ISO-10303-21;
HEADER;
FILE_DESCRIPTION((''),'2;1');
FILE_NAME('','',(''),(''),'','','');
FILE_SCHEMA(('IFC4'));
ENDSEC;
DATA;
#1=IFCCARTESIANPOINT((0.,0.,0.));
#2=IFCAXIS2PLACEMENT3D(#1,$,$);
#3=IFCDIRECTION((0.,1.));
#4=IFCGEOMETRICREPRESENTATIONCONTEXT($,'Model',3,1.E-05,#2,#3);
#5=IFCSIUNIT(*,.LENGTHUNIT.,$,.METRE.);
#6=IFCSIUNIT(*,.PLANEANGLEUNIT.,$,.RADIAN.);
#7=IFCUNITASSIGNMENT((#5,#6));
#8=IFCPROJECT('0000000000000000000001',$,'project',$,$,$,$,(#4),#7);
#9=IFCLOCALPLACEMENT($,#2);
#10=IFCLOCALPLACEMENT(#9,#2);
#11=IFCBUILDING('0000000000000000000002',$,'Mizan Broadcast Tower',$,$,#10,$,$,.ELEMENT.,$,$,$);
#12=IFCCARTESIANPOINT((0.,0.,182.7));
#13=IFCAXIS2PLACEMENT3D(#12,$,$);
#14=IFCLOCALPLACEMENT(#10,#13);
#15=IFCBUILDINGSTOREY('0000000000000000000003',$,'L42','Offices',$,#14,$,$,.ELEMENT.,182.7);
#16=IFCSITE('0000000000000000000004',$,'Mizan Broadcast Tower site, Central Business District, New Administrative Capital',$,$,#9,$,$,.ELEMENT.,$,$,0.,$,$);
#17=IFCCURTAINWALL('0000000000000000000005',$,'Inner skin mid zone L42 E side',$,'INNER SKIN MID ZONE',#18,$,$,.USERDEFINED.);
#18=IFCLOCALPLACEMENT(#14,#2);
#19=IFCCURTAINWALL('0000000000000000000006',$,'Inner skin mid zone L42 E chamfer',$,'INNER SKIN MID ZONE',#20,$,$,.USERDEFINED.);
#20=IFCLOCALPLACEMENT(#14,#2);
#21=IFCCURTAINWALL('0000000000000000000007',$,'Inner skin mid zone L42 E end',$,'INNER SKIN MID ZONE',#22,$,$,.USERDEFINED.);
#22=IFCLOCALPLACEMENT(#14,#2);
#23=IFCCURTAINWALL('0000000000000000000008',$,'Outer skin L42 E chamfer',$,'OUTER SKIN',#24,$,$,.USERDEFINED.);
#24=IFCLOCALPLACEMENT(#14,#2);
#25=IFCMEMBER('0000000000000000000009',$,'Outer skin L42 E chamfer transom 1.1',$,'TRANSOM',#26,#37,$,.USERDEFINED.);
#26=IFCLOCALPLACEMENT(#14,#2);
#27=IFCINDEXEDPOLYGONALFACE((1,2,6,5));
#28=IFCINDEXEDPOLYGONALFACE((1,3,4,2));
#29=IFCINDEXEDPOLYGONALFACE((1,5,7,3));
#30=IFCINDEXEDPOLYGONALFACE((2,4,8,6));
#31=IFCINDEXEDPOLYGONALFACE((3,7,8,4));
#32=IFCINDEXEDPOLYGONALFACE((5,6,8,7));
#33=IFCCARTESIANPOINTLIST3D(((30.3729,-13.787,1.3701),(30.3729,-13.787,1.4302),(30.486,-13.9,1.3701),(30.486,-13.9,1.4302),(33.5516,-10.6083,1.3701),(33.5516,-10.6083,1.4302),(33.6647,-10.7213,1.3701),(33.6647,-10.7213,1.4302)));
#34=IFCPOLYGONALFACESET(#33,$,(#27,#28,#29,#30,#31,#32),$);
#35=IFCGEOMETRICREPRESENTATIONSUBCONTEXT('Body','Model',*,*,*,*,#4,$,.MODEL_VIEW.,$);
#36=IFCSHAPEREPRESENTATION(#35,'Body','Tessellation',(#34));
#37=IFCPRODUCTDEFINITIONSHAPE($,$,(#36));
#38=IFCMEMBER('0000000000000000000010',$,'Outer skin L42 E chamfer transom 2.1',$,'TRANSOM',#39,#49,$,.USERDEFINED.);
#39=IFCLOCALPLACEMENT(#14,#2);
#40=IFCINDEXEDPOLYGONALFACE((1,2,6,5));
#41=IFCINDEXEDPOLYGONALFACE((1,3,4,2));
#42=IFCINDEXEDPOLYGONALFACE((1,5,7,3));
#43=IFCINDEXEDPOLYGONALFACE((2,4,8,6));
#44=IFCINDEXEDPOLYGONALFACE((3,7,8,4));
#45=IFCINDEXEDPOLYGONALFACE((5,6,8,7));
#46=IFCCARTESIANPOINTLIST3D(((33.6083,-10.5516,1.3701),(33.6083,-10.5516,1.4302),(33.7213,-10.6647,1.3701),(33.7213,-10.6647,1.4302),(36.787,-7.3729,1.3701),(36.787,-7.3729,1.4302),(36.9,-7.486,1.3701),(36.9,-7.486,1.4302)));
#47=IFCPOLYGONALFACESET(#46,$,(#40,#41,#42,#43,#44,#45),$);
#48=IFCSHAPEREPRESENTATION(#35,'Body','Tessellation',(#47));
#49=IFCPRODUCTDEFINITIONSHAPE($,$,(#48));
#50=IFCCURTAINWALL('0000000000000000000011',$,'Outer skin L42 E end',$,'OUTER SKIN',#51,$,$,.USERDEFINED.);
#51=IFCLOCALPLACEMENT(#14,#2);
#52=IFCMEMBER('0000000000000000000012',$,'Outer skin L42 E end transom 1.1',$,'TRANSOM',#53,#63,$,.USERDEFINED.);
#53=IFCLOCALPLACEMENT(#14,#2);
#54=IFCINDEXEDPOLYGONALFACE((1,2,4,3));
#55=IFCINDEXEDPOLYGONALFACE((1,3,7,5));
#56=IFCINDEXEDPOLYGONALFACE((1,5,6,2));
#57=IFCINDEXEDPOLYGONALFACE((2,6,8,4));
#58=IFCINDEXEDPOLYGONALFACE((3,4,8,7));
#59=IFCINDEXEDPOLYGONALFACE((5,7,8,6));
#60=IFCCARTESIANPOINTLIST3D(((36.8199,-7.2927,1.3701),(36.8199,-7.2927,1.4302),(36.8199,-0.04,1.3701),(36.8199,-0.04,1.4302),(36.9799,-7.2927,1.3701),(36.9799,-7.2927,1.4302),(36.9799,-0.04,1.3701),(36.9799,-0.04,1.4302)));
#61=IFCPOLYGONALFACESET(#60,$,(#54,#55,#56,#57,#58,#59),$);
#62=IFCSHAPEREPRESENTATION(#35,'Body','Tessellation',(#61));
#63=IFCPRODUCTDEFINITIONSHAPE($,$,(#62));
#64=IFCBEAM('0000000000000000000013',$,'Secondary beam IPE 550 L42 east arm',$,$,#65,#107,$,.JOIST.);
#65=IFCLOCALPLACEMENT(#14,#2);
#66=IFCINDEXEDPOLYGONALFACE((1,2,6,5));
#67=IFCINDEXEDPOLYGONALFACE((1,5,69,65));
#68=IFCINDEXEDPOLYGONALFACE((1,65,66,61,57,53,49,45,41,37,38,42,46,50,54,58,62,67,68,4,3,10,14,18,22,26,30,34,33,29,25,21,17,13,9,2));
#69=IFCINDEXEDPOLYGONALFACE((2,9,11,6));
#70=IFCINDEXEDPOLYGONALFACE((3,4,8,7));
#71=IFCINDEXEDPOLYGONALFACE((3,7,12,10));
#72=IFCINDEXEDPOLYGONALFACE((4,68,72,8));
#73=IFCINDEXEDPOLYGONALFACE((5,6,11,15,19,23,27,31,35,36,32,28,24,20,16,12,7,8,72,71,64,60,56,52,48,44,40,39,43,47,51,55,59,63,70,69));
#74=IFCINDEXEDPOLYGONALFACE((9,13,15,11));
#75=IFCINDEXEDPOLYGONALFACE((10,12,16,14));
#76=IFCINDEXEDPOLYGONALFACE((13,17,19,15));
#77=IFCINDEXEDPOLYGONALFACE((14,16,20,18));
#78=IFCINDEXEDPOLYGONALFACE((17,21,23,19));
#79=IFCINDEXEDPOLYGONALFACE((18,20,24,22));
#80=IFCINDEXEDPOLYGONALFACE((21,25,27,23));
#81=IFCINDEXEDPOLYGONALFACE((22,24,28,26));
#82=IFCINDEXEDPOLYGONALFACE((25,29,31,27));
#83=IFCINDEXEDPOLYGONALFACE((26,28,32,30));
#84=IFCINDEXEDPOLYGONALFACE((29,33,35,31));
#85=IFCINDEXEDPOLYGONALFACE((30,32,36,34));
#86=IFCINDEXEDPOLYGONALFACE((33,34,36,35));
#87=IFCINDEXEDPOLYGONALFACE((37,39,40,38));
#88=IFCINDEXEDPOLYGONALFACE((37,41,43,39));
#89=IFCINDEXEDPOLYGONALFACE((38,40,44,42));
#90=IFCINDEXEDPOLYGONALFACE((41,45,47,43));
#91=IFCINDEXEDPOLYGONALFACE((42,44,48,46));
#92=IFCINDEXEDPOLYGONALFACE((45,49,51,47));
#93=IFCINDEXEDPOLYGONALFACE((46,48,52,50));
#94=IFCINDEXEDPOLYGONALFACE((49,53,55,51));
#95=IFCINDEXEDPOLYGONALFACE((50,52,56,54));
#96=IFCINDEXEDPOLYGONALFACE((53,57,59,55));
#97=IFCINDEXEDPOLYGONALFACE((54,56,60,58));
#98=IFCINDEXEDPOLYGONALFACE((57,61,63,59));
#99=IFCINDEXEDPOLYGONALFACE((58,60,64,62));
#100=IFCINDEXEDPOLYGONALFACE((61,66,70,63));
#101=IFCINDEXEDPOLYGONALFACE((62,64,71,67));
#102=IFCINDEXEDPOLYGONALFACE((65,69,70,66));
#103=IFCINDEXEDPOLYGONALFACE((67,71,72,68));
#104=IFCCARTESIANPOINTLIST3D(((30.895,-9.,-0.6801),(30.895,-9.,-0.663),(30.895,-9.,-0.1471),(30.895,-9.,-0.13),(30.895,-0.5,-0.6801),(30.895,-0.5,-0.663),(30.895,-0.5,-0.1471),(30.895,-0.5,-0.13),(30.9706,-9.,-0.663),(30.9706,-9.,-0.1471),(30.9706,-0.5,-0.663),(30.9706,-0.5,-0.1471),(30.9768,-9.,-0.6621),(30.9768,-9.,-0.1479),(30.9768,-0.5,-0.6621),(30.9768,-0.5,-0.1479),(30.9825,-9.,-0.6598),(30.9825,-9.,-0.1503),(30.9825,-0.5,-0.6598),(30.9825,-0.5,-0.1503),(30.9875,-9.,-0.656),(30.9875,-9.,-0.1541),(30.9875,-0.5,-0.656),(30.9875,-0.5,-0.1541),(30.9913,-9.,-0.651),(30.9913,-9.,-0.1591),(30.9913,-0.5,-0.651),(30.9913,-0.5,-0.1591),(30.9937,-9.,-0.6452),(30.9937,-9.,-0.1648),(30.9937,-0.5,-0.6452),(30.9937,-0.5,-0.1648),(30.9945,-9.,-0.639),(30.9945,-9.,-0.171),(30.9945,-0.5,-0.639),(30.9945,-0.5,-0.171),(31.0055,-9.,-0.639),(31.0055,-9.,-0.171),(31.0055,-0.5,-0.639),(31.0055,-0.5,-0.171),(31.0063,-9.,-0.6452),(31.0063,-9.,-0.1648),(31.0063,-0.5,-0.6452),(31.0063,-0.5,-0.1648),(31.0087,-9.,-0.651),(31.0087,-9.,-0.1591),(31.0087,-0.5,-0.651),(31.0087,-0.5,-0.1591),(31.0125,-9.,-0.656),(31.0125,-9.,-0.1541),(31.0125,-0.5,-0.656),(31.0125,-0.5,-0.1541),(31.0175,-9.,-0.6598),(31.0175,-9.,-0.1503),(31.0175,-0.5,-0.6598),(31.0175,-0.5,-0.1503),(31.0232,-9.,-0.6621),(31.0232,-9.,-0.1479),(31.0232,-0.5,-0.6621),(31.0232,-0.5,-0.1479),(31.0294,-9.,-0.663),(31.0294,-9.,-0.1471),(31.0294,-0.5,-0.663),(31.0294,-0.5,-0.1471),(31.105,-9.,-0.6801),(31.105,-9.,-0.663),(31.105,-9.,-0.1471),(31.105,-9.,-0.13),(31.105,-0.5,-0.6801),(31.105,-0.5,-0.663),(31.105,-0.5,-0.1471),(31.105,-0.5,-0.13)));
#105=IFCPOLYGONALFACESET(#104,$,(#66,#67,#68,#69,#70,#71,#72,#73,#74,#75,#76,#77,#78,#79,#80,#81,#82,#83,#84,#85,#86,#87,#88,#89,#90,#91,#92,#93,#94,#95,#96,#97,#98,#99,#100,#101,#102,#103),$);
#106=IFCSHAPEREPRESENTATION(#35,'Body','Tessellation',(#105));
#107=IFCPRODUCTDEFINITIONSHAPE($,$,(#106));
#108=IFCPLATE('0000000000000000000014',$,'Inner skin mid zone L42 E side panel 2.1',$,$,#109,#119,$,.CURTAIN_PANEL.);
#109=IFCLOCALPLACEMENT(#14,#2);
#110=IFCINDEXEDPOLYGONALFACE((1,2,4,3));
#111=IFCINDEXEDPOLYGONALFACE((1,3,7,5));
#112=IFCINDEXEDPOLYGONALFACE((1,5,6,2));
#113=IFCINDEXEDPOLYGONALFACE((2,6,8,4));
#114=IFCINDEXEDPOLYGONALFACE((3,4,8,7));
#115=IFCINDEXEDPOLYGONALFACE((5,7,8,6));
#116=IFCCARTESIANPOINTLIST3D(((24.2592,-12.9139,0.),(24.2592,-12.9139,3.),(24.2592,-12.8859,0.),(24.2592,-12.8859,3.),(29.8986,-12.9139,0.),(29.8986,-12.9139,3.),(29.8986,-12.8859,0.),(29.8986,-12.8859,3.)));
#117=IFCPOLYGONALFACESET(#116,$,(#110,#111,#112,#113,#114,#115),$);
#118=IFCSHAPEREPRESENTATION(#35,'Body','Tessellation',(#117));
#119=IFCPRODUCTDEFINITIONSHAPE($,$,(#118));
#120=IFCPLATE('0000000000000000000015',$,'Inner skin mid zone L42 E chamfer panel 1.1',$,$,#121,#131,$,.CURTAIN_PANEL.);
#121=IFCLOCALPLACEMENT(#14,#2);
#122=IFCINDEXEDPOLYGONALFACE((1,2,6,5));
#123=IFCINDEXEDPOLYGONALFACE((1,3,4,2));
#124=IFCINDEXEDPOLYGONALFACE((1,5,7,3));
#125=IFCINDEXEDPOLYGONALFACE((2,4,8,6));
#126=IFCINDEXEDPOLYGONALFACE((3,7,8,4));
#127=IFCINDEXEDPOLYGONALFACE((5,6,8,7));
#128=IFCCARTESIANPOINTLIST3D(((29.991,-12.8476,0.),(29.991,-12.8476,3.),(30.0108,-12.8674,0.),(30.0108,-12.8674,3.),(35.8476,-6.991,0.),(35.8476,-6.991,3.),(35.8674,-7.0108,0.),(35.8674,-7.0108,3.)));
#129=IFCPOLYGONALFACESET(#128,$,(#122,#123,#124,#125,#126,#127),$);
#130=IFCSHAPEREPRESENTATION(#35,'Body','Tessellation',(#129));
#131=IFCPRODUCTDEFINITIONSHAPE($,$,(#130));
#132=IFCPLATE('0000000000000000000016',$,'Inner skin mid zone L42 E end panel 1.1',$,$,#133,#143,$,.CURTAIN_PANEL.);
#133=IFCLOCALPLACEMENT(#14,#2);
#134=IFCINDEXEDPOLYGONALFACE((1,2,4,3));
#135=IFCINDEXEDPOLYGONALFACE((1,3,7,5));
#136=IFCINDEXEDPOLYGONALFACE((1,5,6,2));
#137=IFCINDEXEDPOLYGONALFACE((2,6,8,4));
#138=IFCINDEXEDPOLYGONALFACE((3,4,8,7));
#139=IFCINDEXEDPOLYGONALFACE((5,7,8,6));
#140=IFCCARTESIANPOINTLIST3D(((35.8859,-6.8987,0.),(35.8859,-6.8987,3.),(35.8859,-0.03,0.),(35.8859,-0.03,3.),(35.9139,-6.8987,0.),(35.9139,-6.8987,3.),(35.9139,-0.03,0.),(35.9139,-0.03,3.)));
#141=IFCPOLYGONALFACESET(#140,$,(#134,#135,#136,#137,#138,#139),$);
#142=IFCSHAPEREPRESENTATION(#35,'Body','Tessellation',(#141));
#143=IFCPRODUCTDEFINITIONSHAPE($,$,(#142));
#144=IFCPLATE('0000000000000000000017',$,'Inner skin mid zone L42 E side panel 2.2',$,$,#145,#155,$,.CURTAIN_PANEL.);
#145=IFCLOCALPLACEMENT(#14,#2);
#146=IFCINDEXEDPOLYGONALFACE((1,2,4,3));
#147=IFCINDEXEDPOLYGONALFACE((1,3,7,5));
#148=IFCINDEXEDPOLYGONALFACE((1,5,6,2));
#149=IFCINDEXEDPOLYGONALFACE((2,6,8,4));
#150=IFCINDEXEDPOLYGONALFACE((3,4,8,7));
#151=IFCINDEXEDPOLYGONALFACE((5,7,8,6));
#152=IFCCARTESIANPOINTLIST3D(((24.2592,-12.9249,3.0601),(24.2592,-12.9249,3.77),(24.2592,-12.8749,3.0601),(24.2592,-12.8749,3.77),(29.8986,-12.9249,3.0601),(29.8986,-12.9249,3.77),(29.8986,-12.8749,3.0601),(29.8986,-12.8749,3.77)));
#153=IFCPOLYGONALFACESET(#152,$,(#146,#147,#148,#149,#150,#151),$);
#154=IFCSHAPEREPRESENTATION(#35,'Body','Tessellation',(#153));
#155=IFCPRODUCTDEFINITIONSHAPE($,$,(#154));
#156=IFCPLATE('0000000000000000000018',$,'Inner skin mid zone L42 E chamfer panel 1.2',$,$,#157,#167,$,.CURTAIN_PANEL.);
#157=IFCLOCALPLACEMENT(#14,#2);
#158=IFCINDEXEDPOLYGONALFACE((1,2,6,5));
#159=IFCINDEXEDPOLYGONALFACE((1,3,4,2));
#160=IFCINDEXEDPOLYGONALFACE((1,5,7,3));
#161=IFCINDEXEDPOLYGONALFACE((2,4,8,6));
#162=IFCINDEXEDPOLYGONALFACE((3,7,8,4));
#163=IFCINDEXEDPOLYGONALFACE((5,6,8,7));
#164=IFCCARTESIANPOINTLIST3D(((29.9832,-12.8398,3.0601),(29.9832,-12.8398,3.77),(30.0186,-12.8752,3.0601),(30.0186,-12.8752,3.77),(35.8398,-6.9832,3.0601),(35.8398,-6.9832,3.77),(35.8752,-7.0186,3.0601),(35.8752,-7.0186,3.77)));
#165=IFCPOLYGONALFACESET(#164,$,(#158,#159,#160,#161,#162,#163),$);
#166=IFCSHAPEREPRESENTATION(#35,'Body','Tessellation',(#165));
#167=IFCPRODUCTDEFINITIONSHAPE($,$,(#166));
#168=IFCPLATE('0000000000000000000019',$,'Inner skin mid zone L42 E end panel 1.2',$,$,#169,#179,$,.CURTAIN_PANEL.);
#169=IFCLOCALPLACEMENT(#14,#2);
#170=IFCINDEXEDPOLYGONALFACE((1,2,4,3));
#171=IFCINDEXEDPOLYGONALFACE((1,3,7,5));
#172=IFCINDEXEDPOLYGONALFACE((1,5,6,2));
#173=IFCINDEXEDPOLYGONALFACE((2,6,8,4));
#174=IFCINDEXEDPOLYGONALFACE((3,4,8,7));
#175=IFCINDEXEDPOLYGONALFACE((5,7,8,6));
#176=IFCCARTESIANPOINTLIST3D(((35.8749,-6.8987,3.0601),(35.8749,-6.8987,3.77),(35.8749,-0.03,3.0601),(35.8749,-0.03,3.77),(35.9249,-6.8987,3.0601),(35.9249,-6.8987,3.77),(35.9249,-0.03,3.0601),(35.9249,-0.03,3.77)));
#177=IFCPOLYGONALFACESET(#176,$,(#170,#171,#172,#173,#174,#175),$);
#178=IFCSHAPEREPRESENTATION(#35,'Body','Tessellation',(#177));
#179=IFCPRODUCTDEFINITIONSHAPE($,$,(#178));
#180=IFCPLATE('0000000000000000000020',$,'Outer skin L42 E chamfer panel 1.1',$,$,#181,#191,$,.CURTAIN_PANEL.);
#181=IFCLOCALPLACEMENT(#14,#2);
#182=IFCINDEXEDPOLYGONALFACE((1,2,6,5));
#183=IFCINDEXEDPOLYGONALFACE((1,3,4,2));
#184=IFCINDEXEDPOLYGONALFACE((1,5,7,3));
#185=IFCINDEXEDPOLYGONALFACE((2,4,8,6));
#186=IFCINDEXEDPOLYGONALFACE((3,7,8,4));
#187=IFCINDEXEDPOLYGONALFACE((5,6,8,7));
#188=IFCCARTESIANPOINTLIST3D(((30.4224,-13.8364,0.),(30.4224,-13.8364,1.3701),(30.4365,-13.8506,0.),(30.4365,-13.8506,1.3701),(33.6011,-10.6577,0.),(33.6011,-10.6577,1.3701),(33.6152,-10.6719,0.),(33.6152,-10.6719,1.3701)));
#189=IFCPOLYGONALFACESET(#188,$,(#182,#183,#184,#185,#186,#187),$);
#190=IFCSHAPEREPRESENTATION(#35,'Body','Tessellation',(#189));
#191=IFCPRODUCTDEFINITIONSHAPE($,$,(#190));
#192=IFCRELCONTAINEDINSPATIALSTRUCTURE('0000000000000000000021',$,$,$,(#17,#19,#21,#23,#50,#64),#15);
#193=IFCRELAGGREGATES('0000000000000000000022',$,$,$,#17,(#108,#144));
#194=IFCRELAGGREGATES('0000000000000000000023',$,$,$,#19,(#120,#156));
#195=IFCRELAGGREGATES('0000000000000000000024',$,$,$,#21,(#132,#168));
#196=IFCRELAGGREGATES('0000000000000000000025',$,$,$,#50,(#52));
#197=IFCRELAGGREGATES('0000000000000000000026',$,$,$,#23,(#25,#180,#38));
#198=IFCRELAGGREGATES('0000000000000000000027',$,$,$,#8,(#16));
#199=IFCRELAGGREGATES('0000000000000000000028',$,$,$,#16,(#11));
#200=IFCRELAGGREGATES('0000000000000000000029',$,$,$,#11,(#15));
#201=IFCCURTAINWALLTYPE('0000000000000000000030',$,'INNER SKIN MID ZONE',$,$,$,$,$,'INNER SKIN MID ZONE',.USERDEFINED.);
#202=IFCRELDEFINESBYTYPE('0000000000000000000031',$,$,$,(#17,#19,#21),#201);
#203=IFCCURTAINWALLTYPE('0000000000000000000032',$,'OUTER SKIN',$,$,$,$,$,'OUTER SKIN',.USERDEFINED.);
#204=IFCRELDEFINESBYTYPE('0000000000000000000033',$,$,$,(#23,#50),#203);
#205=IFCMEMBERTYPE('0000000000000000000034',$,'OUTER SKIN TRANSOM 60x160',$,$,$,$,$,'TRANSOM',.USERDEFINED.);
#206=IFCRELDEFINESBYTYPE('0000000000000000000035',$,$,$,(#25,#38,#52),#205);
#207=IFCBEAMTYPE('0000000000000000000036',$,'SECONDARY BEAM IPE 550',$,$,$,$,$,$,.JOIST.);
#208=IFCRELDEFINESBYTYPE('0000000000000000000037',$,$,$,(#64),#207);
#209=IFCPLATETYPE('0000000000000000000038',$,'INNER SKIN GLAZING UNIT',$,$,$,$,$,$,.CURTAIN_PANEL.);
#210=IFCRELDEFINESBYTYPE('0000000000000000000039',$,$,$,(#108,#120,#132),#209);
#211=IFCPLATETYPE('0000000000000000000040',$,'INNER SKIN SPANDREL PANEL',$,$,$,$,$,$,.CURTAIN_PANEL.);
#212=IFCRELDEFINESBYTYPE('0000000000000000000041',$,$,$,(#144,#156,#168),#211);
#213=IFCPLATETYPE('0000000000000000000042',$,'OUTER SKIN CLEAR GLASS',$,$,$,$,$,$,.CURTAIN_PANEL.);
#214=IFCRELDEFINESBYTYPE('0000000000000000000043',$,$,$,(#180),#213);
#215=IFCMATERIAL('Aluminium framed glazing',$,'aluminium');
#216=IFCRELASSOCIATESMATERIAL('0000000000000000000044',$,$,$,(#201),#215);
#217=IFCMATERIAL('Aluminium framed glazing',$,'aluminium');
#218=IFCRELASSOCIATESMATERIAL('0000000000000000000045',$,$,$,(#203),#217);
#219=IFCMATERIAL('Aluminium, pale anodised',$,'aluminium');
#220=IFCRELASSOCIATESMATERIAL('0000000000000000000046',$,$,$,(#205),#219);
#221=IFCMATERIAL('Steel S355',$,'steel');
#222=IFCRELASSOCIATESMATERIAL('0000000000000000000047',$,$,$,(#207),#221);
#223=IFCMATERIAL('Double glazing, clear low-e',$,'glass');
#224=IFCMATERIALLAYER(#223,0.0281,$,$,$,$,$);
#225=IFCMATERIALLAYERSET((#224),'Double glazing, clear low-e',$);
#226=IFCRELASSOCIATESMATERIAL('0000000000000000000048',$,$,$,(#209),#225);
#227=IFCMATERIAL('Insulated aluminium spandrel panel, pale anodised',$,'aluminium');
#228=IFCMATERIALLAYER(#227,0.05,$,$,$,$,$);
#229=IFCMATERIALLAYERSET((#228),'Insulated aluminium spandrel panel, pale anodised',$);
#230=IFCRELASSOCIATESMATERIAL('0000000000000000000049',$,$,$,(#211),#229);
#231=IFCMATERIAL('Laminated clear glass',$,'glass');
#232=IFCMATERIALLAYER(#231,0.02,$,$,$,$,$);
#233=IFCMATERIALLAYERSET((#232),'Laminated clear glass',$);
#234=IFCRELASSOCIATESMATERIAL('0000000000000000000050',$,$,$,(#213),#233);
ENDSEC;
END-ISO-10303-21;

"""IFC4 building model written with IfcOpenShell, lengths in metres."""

from ifc_helpers import new_model, si_unit, direction, frame, origin, origin_2d, place, context, subcontext, project, spatial, rectangle, i_section, extrude, material, layer, layer_set, material_profile, profile_set, type_object, element, aggregate, save


model = new_model("IFC4")

# Units and contexts
model_context = context("Model", 3, precision=1e-05, world=origin(), true_north=direction((0.0, 1.0)))
body_context = subcontext(model_context, "Body", "Model", "MODEL_VIEW")
ifc_project = project(units=[si_unit("LENGTHUNIT", "METRE"), si_unit("PLANEANGLEUNIT", "RADIAN")], contexts=[model_context])

# Site, building, storey
site_placement = place(None, origin())
site = spatial("IfcSite", under=ifc_project, at=site_placement, Name="Mizan Broadcast Tower site, Central Business District, New Administrative Capital", CompositionType="ELEMENT", RefElevation=0.0)
building_placement = place(site_placement, origin())
building = spatial("IfcBuilding", under=site, at=building_placement, Name="Mizan Broadcast Tower", CompositionType="ELEMENT")
storey_placement = place(building_placement, frame((0.0, 0.0, 182.7)))
storey = spatial("IfcBuildingStorey", under=building, at=storey_placement, Name="L42", Description="Offices", CompositionType="ELEMENT", Elevation=182.7)

# Curtain wall
ifc_material_1 = material(Name="Aluminium framed glazing", Category="aluminium")
curtain_wall_type_1 = type_object("IfcCurtainWallType", Name="INNER SKIN MID ZONE", ElementType="INNER SKIN MID ZONE", PredefinedType="USERDEFINED", material=ifc_material_1)
curtain_wall_1_placement = place(storey_placement, origin())
curtain_wall_1 = element("IfcCurtainWall", 1, at=curtain_wall_1_placement, inside=storey, type_object=curtain_wall_type_1, Name="Inner skin mid zone L42 E side", ObjectType="INNER SKIN MID ZONE", PredefinedType="USERDEFINED")

# Curtain wall
curtain_wall_2_placement = place(storey_placement, origin())
curtain_wall_2 = element("IfcCurtainWall", 2, at=curtain_wall_2_placement, inside=storey, type_object=curtain_wall_type_1, Name="Inner skin mid zone L42 E chamfer", ObjectType="INNER SKIN MID ZONE", PredefinedType="USERDEFINED")

# Curtain wall
curtain_wall_3_placement = place(storey_placement, origin())
curtain_wall_3 = element("IfcCurtainWall", 3, at=curtain_wall_3_placement, inside=storey, type_object=curtain_wall_type_1, Name="Inner skin mid zone L42 E end", ObjectType="INNER SKIN MID ZONE", PredefinedType="USERDEFINED")

# Curtain wall
ifc_material_2 = material(Name="Aluminium framed glazing", Category="aluminium")
curtain_wall_type_2 = type_object("IfcCurtainWallType", Name="OUTER SKIN", ElementType="OUTER SKIN", PredefinedType="USERDEFINED", material=ifc_material_2)
curtain_wall_4_placement = place(storey_placement, origin())
curtain_wall_4 = element("IfcCurtainWall", 4, at=curtain_wall_4_placement, inside=storey, type_object=curtain_wall_type_2, Name="Outer skin L42 E chamfer", ObjectType="OUTER SKIN", PredefinedType="USERDEFINED")

# Members
ifc_material_3 = material(Name="Aluminium, pale anodised", Category="aluminium")
ifc_material_profile_1 = material_profile(ifc_material_3, rectangle(XDim=0.1599, YDim=0.0601, at=origin_2d()), Name="TRANSOM 160x60")
ifc_profile_set_1 = profile_set([ifc_material_profile_1], Name="Aluminium, pale anodised")
member_type_1 = type_object("IfcMemberType", Name="OUTER SKIN TRANSOM 60x160", ElementType="TRANSOM", PredefinedType="USERDEFINED", material=ifc_profile_set_1)
member_1_placement = place(storey_placement, frame((30.4294, -13.8435, 1.4001), z_axis=(0.707107, 0.707107, 0.0), x_axis=(-0.707107, 0.707107, 0.0)))
member_1 = element("IfcMember", 5, at=member_1_placement, type_object=member_type_1, Name="Outer skin L42 E chamfer transom 1.1", ObjectType="TRANSOM", PredefinedType="USERDEFINED", context=body_context, shape_type="SweptSolid", body=[
    extrude(rectangle(XDim=0.1599, YDim=0.0601, at=origin_2d()), origin(), (0.0, 0.0, 1.0), 4.4954),
])
member_2_placement = place(storey_placement, frame((33.6648, -10.6082, 1.4001), z_axis=(0.707107, 0.707107, 0.0), x_axis=(-0.707107, 0.707107, 0.0)))
member_2 = element("IfcMember", 6, at=member_2_placement, type_object=member_type_1, Name="Outer skin L42 E chamfer transom 2.1", ObjectType="TRANSOM", PredefinedType="USERDEFINED", context=body_context, shape_type="SweptSolid", body=[
    extrude(rectangle(XDim=0.1599, YDim=0.0601, at=origin_2d()), origin(), (0.0, 0.0, 1.0), 4.4954),
])

# Curtain wall, member
curtain_wall_5_placement = place(storey_placement, origin())
curtain_wall_5 = element("IfcCurtainWall", 7, at=curtain_wall_5_placement, inside=storey, type_object=curtain_wall_type_2, Name="Outer skin L42 E end", ObjectType="OUTER SKIN", PredefinedType="USERDEFINED")
member_3_placement = place(storey_placement, frame((36.8999, -7.2927, 1.4001), z_axis=(0.0, 1.0, 0.0), x_axis=(-1.0, 0.0, 0.0)))
member_3 = element("IfcMember", 8, at=member_3_placement, type_object=member_type_1, Name="Outer skin L42 E end transom 1.1", ObjectType="TRANSOM", PredefinedType="USERDEFINED", context=body_context, shape_type="SweptSolid", body=[
    extrude(rectangle(XDim=0.1599, YDim=0.0601, at=origin_2d()), origin(), (0.0, 0.0, 1.0), 7.2527),
])

# Beam
ifc_material_4 = material(Name="Steel S355", Category="steel")
ifc_material_profile_2 = material_profile(ifc_material_4, i_section(OverallWidth=0.21, OverallDepth=0.55, WebThickness=0.011, FlangeThickness=0.0171, FilletRadius=0.0239, at=origin_2d()), Name="IPE 550")
ifc_profile_set_2 = profile_set([ifc_material_profile_2], Name="Steel S355")
beam_type_1 = type_object("IfcBeamType", Name="SECONDARY BEAM IPE 550", PredefinedType="JOIST", material=ifc_profile_set_2)
beam_1_placement = place(storey_placement, frame((31.0, -9.0, -0.405), z_axis=(0.0, 1.0, 0.0), x_axis=(-1.0, 0.0, 0.0)))
element("IfcBeam", 9, at=beam_1_placement, inside=storey, type_object=beam_type_1, Name="Secondary beam IPE 550 L42 east arm", PredefinedType="JOIST", context=body_context, shape_type="SweptSolid", body=[
    extrude(i_section(OverallWidth=0.21, OverallDepth=0.55, WebThickness=0.011, FlangeThickness=0.0171, FilletRadius=0.0239, at=origin_2d()), origin(), (0.0, 0.0, 1.0), 8.5),
])

# Plates
ifc_material_5 = material(Name="Double glazing, clear low-e", Category="glass")
ifc_layer_1 = layer(ifc_material_5, 0.0281)
ifc_layer_set_1 = layer_set([ifc_layer_1], Name="Double glazing, clear low-e")
plate_type_1 = type_object("IfcPlateType", Name="INNER SKIN GLAZING UNIT", PredefinedType="CURTAIN_PANEL", material=ifc_layer_set_1)
plate_1_placement = place(storey_placement, frame((27.0789, -12.8999, 0.0), z_axis=(0.0, 0.0, 1.0), x_axis=(1.0, 0.0, 0.0)))
plate_1 = element("IfcPlate", 10, at=plate_1_placement, type_object=plate_type_1, Name="Inner skin mid zone L42 E side panel 2.1", PredefinedType="CURTAIN_PANEL", context=body_context, shape_type="SweptSolid", body=[
    extrude(rectangle(XDim=5.6394, YDim=0.0281, at=origin_2d()), origin(), (0.0, 0.0, 1.0), 3.0),
])
plate_2_placement = place(storey_placement, frame((32.9292, -9.9292, 0.0), z_axis=(0.0, 0.0, 1.0), x_axis=(0.707107, 0.707107, 0.0)))
plate_2 = element("IfcPlate", 11, at=plate_2_placement, type_object=plate_type_1, Name="Inner skin mid zone L42 E chamfer panel 1.1", PredefinedType="CURTAIN_PANEL", context=body_context, shape_type="SweptSolid", body=[
    extrude(rectangle(XDim=8.2825, YDim=0.0281, at=origin_2d()), origin(), (0.0, 0.0, 1.0), 3.0),
])
plate_3_placement = place(storey_placement, frame((35.8999, -3.4644, 0.0), z_axis=(0.0, 0.0, 1.0), x_axis=(0.0, 1.0, 0.0)))
plate_3 = element("IfcPlate", 12, at=plate_3_placement, type_object=plate_type_1, Name="Inner skin mid zone L42 E end panel 1.1", PredefinedType="CURTAIN_PANEL", context=body_context, shape_type="SweptSolid", body=[
    extrude(rectangle(XDim=6.8687, YDim=0.0281, at=origin_2d()), origin(), (0.0, 0.0, 1.0), 3.0),
])
ifc_material_6 = material(Name="Insulated aluminium spandrel panel, pale anodised", Category="aluminium")
ifc_layer_2 = layer(ifc_material_6, 0.05)
ifc_layer_set_2 = layer_set([ifc_layer_2], Name="Insulated aluminium spandrel panel, pale anodised")
plate_type_2 = type_object("IfcPlateType", Name="INNER SKIN SPANDREL PANEL", PredefinedType="CURTAIN_PANEL", material=ifc_layer_set_2)
plate_4_placement = place(storey_placement, frame((27.0789, -12.8999, 3.0601), z_axis=(0.0, 0.0, 1.0), x_axis=(1.0, 0.0, 0.0)))
plate_4 = element("IfcPlate", 13, at=plate_4_placement, type_object=plate_type_2, Name="Inner skin mid zone L42 E side panel 2.2", PredefinedType="CURTAIN_PANEL", context=body_context, shape_type="SweptSolid", body=[
    extrude(rectangle(XDim=5.6394, YDim=0.05, at=origin_2d()), origin(), (0.0, 0.0, 1.0), 0.71),
])
aggregate(curtain_wall_1, [plate_1, plate_4])
plate_5_placement = place(storey_placement, frame((32.9292, -9.9292, 3.0601), z_axis=(0.0, 0.0, 1.0), x_axis=(0.707107, 0.707107, 0.0)))
plate_5 = element("IfcPlate", 14, at=plate_5_placement, type_object=plate_type_2, Name="Inner skin mid zone L42 E chamfer panel 1.2", PredefinedType="CURTAIN_PANEL", context=body_context, shape_type="SweptSolid", body=[
    extrude(rectangle(XDim=8.2825, YDim=0.05, at=origin_2d()), origin(), (0.0, 0.0, 1.0), 0.71),
])
aggregate(curtain_wall_2, [plate_2, plate_5])
plate_6_placement = place(storey_placement, frame((35.8999, -3.4644, 3.0601), z_axis=(0.0, 0.0, 1.0), x_axis=(0.0, 1.0, 0.0)))
plate_6 = element("IfcPlate", 15, at=plate_6_placement, type_object=plate_type_2, Name="Inner skin mid zone L42 E end panel 1.2", PredefinedType="CURTAIN_PANEL", context=body_context, shape_type="SweptSolid", body=[
    extrude(rectangle(XDim=6.8687, YDim=0.05, at=origin_2d()), origin(), (0.0, 0.0, 1.0), 0.71),
])
aggregate(curtain_wall_3, [plate_3, plate_6])
ifc_material_7 = material(Name="Laminated clear glass", Category="glass")
ifc_layer_3 = layer(ifc_material_7, 0.02)
ifc_layer_set_3 = layer_set([ifc_layer_3], Name="Laminated clear glass")
plate_type_3 = type_object("IfcPlateType", Name="OUTER SKIN CLEAR GLASS", PredefinedType="CURTAIN_PANEL", material=ifc_layer_set_3)
plate_7_placement = place(storey_placement, frame((32.0188, -12.2542, 0.0), z_axis=(0.0, 0.0, 1.0), x_axis=(0.707107, 0.707107, 0.0)))
plate_7 = element("IfcPlate", 16, at=plate_7_placement, type_object=plate_type_3, Name="Outer skin L42 E chamfer panel 1.1", PredefinedType="CURTAIN_PANEL", context=body_context, shape_type="SweptSolid", body=[
    extrude(rectangle(XDim=4.4954, YDim=0.02, at=origin_2d()), origin(), (0.0, 0.0, 1.0), 1.3701),
])
aggregate(curtain_wall_5, [member_3])
aggregate(curtain_wall_4, [member_1, plate_7, member_2])

save(model, "model.ifc")
